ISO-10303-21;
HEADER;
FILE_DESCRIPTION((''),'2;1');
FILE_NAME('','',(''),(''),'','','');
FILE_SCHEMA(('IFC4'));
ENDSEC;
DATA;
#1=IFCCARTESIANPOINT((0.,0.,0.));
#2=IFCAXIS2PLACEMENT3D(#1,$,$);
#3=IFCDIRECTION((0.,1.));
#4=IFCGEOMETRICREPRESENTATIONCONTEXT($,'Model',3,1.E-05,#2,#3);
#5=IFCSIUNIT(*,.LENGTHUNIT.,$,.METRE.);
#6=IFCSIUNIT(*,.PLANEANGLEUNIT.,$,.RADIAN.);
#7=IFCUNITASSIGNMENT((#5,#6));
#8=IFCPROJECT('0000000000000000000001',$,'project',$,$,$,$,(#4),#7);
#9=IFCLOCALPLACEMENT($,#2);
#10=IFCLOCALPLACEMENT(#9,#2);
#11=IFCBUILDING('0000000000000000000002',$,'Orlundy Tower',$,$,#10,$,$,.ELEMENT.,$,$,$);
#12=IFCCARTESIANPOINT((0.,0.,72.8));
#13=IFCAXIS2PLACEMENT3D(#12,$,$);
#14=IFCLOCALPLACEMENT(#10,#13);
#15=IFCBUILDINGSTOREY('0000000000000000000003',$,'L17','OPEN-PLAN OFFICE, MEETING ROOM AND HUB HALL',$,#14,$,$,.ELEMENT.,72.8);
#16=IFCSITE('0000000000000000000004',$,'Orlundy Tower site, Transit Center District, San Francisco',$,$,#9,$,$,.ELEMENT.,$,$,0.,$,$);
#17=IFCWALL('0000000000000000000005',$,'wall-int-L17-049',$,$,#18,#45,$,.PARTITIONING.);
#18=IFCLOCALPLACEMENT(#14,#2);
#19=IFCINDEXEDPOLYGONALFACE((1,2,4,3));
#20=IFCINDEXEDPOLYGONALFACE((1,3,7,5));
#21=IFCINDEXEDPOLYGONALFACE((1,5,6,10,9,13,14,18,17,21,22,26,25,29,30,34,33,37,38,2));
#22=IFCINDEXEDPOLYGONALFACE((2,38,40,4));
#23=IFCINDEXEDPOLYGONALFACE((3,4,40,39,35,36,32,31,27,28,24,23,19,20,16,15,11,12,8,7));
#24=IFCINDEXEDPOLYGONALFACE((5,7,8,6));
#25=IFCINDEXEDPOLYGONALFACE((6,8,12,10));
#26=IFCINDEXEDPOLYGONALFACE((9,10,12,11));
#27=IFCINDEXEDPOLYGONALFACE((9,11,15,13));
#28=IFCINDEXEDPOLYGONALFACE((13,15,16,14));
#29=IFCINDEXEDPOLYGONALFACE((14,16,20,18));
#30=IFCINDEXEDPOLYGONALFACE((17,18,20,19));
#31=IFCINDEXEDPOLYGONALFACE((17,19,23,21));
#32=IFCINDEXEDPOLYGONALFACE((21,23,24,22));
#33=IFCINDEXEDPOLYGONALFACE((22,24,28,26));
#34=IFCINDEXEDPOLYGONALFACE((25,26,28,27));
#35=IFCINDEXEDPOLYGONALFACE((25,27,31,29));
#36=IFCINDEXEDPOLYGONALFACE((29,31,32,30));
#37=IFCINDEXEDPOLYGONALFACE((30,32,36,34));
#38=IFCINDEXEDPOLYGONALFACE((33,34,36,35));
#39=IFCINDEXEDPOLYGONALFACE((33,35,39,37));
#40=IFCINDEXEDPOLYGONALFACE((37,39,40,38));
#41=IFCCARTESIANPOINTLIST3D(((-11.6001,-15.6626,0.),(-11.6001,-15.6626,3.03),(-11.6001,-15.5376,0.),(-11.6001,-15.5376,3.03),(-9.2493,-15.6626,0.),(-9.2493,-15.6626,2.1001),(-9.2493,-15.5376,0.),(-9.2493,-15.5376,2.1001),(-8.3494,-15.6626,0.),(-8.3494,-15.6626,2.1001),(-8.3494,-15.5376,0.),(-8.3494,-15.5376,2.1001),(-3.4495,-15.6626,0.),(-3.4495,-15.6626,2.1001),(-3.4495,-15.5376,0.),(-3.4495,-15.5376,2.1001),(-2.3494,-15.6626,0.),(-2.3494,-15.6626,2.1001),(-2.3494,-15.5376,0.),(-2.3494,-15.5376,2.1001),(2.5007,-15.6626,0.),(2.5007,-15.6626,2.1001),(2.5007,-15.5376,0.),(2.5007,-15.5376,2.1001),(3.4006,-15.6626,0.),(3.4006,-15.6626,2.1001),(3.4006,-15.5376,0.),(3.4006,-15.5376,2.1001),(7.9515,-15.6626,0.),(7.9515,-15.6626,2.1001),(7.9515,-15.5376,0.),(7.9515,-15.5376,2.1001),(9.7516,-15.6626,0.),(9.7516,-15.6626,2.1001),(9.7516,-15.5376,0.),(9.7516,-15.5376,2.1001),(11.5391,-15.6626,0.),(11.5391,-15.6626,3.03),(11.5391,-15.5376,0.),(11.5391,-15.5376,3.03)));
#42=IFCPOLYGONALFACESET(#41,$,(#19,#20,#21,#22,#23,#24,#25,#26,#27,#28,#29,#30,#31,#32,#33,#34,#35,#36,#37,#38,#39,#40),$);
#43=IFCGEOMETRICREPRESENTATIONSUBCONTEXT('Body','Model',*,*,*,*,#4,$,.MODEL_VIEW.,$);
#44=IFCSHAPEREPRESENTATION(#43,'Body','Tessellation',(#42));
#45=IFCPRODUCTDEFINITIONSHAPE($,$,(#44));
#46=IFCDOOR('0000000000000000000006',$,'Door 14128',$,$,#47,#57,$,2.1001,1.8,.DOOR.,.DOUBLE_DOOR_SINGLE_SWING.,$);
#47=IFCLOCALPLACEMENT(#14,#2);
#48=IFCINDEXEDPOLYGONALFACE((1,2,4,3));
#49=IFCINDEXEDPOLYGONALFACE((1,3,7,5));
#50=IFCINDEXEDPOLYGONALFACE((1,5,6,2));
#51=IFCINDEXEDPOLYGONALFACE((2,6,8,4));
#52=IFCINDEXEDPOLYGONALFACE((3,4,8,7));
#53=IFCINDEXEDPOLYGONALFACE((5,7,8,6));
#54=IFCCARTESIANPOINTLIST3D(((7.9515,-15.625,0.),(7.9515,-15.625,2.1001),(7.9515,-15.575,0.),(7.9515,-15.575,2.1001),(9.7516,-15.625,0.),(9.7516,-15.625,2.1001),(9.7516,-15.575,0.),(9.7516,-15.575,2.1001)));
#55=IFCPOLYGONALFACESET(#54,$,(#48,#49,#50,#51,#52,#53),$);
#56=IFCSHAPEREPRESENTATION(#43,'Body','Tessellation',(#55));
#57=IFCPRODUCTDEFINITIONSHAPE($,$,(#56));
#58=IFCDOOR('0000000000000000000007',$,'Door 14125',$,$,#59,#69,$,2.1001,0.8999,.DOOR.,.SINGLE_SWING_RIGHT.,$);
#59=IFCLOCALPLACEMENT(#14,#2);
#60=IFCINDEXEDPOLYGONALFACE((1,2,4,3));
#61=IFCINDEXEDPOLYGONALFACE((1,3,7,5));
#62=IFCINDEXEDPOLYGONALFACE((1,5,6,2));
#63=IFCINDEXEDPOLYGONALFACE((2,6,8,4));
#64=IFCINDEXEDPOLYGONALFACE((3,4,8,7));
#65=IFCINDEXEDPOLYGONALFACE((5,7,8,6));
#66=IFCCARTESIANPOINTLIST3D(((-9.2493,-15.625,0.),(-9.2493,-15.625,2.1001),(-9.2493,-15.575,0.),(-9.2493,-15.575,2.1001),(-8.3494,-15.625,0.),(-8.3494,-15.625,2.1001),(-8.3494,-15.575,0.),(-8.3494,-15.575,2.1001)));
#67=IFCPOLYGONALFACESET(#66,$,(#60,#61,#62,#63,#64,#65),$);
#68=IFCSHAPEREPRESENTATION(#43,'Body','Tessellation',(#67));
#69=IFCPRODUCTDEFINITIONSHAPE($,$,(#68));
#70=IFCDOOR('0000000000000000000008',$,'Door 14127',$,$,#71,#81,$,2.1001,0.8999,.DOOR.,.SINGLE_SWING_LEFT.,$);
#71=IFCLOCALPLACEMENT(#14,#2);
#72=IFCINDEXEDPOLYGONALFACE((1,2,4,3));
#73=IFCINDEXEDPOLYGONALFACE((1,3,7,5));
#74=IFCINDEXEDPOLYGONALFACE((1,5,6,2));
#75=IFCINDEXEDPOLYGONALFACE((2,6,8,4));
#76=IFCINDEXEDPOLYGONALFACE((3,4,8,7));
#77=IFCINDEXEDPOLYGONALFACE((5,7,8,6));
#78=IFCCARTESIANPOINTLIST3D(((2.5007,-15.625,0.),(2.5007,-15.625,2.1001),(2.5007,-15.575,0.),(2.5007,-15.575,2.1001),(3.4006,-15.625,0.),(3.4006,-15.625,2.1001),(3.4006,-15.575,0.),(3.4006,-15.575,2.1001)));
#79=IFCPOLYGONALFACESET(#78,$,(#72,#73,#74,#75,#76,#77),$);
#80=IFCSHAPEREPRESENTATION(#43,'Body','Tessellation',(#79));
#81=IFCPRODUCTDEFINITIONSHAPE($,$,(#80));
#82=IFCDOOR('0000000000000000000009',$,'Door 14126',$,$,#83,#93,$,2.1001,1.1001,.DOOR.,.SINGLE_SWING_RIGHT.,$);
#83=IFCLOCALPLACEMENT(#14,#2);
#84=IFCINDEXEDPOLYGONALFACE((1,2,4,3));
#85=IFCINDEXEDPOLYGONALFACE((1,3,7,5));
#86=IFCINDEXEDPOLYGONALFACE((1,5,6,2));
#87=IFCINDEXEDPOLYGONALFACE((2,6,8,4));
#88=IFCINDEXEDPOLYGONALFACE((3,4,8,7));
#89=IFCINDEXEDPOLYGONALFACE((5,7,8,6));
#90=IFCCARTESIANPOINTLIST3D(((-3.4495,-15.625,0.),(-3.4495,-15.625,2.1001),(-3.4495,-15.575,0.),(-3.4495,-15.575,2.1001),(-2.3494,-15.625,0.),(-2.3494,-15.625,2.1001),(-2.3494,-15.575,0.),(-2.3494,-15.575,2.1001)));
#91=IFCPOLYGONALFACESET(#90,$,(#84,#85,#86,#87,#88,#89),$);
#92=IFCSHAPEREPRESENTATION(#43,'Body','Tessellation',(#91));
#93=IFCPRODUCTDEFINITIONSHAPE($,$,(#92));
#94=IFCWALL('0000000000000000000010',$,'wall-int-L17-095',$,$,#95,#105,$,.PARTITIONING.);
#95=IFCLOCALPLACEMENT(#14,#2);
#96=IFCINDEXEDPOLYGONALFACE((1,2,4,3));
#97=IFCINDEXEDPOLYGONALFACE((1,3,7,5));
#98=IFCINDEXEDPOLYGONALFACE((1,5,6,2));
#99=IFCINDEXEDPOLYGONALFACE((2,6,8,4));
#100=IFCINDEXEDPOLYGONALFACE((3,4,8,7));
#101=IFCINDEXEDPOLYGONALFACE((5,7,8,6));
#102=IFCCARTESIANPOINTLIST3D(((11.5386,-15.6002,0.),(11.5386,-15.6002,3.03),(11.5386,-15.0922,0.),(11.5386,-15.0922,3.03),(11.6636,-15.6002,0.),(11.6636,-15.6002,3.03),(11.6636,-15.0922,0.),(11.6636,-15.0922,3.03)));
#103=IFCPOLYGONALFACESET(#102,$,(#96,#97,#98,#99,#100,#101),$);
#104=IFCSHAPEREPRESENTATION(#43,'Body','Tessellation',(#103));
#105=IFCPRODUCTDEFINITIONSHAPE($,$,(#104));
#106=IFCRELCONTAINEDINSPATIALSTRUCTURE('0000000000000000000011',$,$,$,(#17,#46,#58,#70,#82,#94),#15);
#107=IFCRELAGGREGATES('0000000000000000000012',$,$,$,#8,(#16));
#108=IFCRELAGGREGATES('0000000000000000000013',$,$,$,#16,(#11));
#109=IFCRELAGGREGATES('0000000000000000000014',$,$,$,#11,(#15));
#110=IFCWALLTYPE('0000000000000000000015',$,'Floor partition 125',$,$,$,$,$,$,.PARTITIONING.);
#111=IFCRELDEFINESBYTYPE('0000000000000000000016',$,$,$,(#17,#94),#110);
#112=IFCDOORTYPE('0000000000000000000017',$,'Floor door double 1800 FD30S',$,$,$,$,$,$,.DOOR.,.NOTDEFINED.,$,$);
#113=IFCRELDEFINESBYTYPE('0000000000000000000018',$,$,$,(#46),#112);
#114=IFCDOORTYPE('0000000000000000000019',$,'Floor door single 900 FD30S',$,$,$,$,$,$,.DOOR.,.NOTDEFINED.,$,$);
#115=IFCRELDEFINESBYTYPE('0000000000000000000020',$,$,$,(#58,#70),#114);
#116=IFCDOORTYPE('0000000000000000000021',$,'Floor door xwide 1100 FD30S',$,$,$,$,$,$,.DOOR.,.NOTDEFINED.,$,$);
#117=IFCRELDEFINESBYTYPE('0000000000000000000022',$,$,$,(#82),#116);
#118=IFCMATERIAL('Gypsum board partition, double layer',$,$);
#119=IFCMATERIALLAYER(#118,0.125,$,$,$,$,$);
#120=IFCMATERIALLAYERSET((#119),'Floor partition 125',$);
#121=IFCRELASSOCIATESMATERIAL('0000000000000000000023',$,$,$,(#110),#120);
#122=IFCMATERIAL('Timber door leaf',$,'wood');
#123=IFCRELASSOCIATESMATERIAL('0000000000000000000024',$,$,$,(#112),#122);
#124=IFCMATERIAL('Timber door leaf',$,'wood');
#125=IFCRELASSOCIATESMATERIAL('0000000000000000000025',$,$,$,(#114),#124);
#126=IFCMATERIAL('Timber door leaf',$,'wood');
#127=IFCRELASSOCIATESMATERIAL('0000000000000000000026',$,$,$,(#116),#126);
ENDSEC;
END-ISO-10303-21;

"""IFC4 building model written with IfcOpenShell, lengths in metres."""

from ifc_helpers import new_model, si_unit, direction, frame, frame_2d, origin, place, context, subcontext, project, spatial, rectangle, extrude, material, layer, layer_set, type_object, element, fill, save


model = new_model("IFC4")

# Units and contexts
model_context = context("Model", 3, precision=1e-05, world=origin(), true_north=direction((0.0, 1.0)))
body_context = subcontext(model_context, "Body", "Model", "MODEL_VIEW")
ifc_project = project(units=[si_unit("LENGTHUNIT", "METRE"), si_unit("PLANEANGLEUNIT", "RADIAN")], contexts=[model_context])

# Site, building, storey
site_placement = place(None, origin())
site = spatial("IfcSite", under=ifc_project, at=site_placement, Name="Orlundy Tower site, Transit Center District, San Francisco", CompositionType="ELEMENT", RefElevation=0.0)
building_placement = place(site_placement, origin())
building = spatial("IfcBuilding", under=site, at=building_placement, Name="Orlundy Tower", CompositionType="ELEMENT")
storey_placement = place(building_placement, frame((0.0, 0.0, 72.8)))
storey = spatial("IfcBuildingStorey", under=building, at=storey_placement, Name="L17", Description="OPEN-PLAN OFFICE, MEETING ROOM AND HUB HALL", CompositionType="ELEMENT", Elevation=72.8)

# Shared definitions
ifc_material_1 = material(Name="Gypsum board partition, double layer")
ifc_layer_1 = layer(ifc_material_1, 0.125)
ifc_layer_set_1 = layer_set([ifc_layer_1], Name="Floor partition 125")
wall_type_1 = type_object("IfcWallType", Name="Floor partition 125", PredefinedType="PARTITIONING", material=ifc_layer_set_1)

# Wall, openings, doors
wall_1_placement = place(storey_placement, frame((11.5391, -15.6001, 0.0), z_axis=(0.0, 0.0, 1.0), x_axis=(-1.0, 0.0, 0.0)))
wall_1 = element("IfcWall", 1, at=wall_1_placement, inside=storey, type_object=wall_type_1, Name="wall-int-L17-049", PredefinedType="PARTITIONING", context=body_context, shape_type="SweptSolid", body=[
    extrude(rectangle(XDim=23.1392, YDim=0.125, at=frame_2d((11.5696, 0.0))), origin(), (0.0, 0.0, 1.0), 3.03),
])
opening_1_placement = place(wall_1_placement, frame((19.8884, 0.0, 0.0)))
opening_1 = element("IfcOpeningElement", 2, at=opening_1_placement, cuts=wall_1, PredefinedType="OPENING", context=body_context, shape_type="SweptSolid", body=[
    extrude(rectangle(XDim=0.8999, YDim=2.1001, at=frame_2d((0.45, 1.05))), frame((0.0, 0.0725, 0.0), z_axis=(0.0, -1.0, 0.0), x_axis=(1.0, 0.0, 0.0)), (0.0, 0.0, 1.0), 0.145),
])
opening_2_placement = place(wall_1_placement, frame((13.8884, 0.0, 0.0)))
opening_2 = element("IfcOpeningElement", 3, at=opening_2_placement, cuts=wall_1, PredefinedType="OPENING", context=body_context, shape_type="SweptSolid", body=[
    extrude(rectangle(XDim=1.1001, YDim=2.1001, at=frame_2d((0.55, 1.05))), frame((0.0, 0.0725, 0.0), z_axis=(0.0, -1.0, 0.0), x_axis=(1.0, 0.0, 0.0)), (0.0, 0.0, 1.0), 0.145),
])
opening_3_placement = place(wall_1_placement, frame((8.1384, 0.0, 0.0)))
opening_3 = element("IfcOpeningElement", 4, at=opening_3_placement, cuts=wall_1, PredefinedType="OPENING", context=body_context, shape_type="SweptSolid", body=[
    extrude(rectangle(XDim=0.8999, YDim=2.1001, at=frame_2d((0.45, 1.05))), frame((0.0, 0.0725, 0.0), z_axis=(0.0, -1.0, 0.0), x_axis=(1.0, 0.0, 0.0)), (0.0, 0.0, 1.0), 0.145),
])
opening_4_placement = place(wall_1_placement, frame((1.7876, 0.0, 0.0)))
opening_4 = element("IfcOpeningElement", 5, at=opening_4_placement, cuts=wall_1, PredefinedType="OPENING", context=body_context, shape_type="SweptSolid", body=[
    extrude(rectangle(XDim=1.8, YDim=2.1001, at=frame_2d((0.8999, 1.05))), frame((0.0, 0.0725, 0.0), z_axis=(0.0, -1.0, 0.0), x_axis=(1.0, 0.0, 0.0)), (0.0, 0.0, 1.0), 0.145),
])
ifc_material_2 = material(Name="Timber door leaf", Category="wood")
door_type_1 = type_object("IfcDoorType", Name="Floor door double 1800 FD30S", OperationType="NOTDEFINED", PredefinedType="DOOR", material=ifc_material_2)
door_1_placement = place(opening_4_placement, origin())
door_1 = element("IfcDoor", 6, at=door_1_placement, inside=storey, type_object=door_type_1, Name="Door 14128", OperationType="DOUBLE_DOOR_SINGLE_SWING", OverallHeight=2.1001, OverallWidth=1.8, PredefinedType="DOOR", context=body_context, shape_type="SweptSolid", body=[
    extrude(rectangle(XDim=1.8, YDim=2.1001, at=frame_2d((0.8999, 1.05))), frame((0.0, 0.0249, 0.0), z_axis=(0.0, -1.0, 0.0), x_axis=(1.0, 0.0, 0.0)), (0.0, 0.0, 1.0), 0.05),
])
fill(opening_4, door_1)
ifc_material_3 = material(Name="Timber door leaf", Category="wood")
door_type_2 = type_object("IfcDoorType", Name="Floor door single 900 FD30S", OperationType="NOTDEFINED", PredefinedType="DOOR", material=ifc_material_3)
door_2_placement = place(opening_1_placement, origin())
door_2 = element("IfcDoor", 7, at=door_2_placement, inside=storey, type_object=door_type_2, Name="Door 14125", OperationType="SINGLE_SWING_RIGHT", OverallHeight=2.1001, OverallWidth=0.8999, PredefinedType="DOOR", context=body_context, shape_type="SweptSolid", body=[
    extrude(rectangle(XDim=0.8999, YDim=2.1001, at=frame_2d((0.45, 1.05))), frame((0.0, 0.0249, 0.0), z_axis=(0.0, -1.0, 0.0), x_axis=(1.0, 0.0, 0.0)), (0.0, 0.0, 1.0), 0.05),
])
fill(opening_1, door_2)
door_3_placement = place(opening_3_placement, origin())
door_3 = element("IfcDoor", 8, at=door_3_placement, inside=storey, type_object=door_type_2, Name="Door 14127", OperationType="SINGLE_SWING_LEFT", OverallHeight=2.1001, OverallWidth=0.8999, PredefinedType="DOOR", context=body_context, shape_type="SweptSolid", body=[
    extrude(rectangle(XDim=0.8999, YDim=2.1001, at=frame_2d((0.45, 1.05))), frame((0.0, 0.0249, 0.0), z_axis=(0.0, -1.0, 0.0), x_axis=(1.0, 0.0, 0.0)), (0.0, 0.0, 1.0), 0.05),
])
fill(opening_3, door_3)
ifc_material_4 = material(Name="Timber door leaf", Category="wood")
door_type_3 = type_object("IfcDoorType", Name="Floor door xwide 1100 FD30S", OperationType="NOTDEFINED", PredefinedType="DOOR", material=ifc_material_4)
door_4_placement = place(opening_2_placement, origin())
door_4 = element("IfcDoor", 9, at=door_4_placement, inside=storey, type_object=door_type_3, Name="Door 14126", OperationType="SINGLE_SWING_RIGHT", OverallHeight=2.1001, OverallWidth=1.1001, PredefinedType="DOOR", context=body_context, shape_type="SweptSolid", body=[
    extrude(rectangle(XDim=1.1001, YDim=2.1001, at=frame_2d((0.55, 1.05))), frame((0.0, 0.0249, 0.0), z_axis=(0.0, -1.0, 0.0), x_axis=(1.0, 0.0, 0.0)), (0.0, 0.0, 1.0), 0.05),
])
fill(opening_2, door_4)

# Wall
wall_2_placement = place(storey_placement, frame((11.6011, -15.6001, 0.0), z_axis=(0.0, 0.0, 1.0), x_axis=(0.0, 1.0, 0.0)))
element("IfcWall", 10, at=wall_2_placement, inside=storey, type_object=wall_type_1, Name="wall-int-L17-095", PredefinedType="PARTITIONING", context=body_context, shape_type="SweptSolid", body=[
    extrude(rectangle(XDim=0.5081, YDim=0.125, at=frame_2d((0.2539, 0.0))), origin(), (0.0, 0.0, 1.0), 3.03),
])

save(model, "model.ifc")
